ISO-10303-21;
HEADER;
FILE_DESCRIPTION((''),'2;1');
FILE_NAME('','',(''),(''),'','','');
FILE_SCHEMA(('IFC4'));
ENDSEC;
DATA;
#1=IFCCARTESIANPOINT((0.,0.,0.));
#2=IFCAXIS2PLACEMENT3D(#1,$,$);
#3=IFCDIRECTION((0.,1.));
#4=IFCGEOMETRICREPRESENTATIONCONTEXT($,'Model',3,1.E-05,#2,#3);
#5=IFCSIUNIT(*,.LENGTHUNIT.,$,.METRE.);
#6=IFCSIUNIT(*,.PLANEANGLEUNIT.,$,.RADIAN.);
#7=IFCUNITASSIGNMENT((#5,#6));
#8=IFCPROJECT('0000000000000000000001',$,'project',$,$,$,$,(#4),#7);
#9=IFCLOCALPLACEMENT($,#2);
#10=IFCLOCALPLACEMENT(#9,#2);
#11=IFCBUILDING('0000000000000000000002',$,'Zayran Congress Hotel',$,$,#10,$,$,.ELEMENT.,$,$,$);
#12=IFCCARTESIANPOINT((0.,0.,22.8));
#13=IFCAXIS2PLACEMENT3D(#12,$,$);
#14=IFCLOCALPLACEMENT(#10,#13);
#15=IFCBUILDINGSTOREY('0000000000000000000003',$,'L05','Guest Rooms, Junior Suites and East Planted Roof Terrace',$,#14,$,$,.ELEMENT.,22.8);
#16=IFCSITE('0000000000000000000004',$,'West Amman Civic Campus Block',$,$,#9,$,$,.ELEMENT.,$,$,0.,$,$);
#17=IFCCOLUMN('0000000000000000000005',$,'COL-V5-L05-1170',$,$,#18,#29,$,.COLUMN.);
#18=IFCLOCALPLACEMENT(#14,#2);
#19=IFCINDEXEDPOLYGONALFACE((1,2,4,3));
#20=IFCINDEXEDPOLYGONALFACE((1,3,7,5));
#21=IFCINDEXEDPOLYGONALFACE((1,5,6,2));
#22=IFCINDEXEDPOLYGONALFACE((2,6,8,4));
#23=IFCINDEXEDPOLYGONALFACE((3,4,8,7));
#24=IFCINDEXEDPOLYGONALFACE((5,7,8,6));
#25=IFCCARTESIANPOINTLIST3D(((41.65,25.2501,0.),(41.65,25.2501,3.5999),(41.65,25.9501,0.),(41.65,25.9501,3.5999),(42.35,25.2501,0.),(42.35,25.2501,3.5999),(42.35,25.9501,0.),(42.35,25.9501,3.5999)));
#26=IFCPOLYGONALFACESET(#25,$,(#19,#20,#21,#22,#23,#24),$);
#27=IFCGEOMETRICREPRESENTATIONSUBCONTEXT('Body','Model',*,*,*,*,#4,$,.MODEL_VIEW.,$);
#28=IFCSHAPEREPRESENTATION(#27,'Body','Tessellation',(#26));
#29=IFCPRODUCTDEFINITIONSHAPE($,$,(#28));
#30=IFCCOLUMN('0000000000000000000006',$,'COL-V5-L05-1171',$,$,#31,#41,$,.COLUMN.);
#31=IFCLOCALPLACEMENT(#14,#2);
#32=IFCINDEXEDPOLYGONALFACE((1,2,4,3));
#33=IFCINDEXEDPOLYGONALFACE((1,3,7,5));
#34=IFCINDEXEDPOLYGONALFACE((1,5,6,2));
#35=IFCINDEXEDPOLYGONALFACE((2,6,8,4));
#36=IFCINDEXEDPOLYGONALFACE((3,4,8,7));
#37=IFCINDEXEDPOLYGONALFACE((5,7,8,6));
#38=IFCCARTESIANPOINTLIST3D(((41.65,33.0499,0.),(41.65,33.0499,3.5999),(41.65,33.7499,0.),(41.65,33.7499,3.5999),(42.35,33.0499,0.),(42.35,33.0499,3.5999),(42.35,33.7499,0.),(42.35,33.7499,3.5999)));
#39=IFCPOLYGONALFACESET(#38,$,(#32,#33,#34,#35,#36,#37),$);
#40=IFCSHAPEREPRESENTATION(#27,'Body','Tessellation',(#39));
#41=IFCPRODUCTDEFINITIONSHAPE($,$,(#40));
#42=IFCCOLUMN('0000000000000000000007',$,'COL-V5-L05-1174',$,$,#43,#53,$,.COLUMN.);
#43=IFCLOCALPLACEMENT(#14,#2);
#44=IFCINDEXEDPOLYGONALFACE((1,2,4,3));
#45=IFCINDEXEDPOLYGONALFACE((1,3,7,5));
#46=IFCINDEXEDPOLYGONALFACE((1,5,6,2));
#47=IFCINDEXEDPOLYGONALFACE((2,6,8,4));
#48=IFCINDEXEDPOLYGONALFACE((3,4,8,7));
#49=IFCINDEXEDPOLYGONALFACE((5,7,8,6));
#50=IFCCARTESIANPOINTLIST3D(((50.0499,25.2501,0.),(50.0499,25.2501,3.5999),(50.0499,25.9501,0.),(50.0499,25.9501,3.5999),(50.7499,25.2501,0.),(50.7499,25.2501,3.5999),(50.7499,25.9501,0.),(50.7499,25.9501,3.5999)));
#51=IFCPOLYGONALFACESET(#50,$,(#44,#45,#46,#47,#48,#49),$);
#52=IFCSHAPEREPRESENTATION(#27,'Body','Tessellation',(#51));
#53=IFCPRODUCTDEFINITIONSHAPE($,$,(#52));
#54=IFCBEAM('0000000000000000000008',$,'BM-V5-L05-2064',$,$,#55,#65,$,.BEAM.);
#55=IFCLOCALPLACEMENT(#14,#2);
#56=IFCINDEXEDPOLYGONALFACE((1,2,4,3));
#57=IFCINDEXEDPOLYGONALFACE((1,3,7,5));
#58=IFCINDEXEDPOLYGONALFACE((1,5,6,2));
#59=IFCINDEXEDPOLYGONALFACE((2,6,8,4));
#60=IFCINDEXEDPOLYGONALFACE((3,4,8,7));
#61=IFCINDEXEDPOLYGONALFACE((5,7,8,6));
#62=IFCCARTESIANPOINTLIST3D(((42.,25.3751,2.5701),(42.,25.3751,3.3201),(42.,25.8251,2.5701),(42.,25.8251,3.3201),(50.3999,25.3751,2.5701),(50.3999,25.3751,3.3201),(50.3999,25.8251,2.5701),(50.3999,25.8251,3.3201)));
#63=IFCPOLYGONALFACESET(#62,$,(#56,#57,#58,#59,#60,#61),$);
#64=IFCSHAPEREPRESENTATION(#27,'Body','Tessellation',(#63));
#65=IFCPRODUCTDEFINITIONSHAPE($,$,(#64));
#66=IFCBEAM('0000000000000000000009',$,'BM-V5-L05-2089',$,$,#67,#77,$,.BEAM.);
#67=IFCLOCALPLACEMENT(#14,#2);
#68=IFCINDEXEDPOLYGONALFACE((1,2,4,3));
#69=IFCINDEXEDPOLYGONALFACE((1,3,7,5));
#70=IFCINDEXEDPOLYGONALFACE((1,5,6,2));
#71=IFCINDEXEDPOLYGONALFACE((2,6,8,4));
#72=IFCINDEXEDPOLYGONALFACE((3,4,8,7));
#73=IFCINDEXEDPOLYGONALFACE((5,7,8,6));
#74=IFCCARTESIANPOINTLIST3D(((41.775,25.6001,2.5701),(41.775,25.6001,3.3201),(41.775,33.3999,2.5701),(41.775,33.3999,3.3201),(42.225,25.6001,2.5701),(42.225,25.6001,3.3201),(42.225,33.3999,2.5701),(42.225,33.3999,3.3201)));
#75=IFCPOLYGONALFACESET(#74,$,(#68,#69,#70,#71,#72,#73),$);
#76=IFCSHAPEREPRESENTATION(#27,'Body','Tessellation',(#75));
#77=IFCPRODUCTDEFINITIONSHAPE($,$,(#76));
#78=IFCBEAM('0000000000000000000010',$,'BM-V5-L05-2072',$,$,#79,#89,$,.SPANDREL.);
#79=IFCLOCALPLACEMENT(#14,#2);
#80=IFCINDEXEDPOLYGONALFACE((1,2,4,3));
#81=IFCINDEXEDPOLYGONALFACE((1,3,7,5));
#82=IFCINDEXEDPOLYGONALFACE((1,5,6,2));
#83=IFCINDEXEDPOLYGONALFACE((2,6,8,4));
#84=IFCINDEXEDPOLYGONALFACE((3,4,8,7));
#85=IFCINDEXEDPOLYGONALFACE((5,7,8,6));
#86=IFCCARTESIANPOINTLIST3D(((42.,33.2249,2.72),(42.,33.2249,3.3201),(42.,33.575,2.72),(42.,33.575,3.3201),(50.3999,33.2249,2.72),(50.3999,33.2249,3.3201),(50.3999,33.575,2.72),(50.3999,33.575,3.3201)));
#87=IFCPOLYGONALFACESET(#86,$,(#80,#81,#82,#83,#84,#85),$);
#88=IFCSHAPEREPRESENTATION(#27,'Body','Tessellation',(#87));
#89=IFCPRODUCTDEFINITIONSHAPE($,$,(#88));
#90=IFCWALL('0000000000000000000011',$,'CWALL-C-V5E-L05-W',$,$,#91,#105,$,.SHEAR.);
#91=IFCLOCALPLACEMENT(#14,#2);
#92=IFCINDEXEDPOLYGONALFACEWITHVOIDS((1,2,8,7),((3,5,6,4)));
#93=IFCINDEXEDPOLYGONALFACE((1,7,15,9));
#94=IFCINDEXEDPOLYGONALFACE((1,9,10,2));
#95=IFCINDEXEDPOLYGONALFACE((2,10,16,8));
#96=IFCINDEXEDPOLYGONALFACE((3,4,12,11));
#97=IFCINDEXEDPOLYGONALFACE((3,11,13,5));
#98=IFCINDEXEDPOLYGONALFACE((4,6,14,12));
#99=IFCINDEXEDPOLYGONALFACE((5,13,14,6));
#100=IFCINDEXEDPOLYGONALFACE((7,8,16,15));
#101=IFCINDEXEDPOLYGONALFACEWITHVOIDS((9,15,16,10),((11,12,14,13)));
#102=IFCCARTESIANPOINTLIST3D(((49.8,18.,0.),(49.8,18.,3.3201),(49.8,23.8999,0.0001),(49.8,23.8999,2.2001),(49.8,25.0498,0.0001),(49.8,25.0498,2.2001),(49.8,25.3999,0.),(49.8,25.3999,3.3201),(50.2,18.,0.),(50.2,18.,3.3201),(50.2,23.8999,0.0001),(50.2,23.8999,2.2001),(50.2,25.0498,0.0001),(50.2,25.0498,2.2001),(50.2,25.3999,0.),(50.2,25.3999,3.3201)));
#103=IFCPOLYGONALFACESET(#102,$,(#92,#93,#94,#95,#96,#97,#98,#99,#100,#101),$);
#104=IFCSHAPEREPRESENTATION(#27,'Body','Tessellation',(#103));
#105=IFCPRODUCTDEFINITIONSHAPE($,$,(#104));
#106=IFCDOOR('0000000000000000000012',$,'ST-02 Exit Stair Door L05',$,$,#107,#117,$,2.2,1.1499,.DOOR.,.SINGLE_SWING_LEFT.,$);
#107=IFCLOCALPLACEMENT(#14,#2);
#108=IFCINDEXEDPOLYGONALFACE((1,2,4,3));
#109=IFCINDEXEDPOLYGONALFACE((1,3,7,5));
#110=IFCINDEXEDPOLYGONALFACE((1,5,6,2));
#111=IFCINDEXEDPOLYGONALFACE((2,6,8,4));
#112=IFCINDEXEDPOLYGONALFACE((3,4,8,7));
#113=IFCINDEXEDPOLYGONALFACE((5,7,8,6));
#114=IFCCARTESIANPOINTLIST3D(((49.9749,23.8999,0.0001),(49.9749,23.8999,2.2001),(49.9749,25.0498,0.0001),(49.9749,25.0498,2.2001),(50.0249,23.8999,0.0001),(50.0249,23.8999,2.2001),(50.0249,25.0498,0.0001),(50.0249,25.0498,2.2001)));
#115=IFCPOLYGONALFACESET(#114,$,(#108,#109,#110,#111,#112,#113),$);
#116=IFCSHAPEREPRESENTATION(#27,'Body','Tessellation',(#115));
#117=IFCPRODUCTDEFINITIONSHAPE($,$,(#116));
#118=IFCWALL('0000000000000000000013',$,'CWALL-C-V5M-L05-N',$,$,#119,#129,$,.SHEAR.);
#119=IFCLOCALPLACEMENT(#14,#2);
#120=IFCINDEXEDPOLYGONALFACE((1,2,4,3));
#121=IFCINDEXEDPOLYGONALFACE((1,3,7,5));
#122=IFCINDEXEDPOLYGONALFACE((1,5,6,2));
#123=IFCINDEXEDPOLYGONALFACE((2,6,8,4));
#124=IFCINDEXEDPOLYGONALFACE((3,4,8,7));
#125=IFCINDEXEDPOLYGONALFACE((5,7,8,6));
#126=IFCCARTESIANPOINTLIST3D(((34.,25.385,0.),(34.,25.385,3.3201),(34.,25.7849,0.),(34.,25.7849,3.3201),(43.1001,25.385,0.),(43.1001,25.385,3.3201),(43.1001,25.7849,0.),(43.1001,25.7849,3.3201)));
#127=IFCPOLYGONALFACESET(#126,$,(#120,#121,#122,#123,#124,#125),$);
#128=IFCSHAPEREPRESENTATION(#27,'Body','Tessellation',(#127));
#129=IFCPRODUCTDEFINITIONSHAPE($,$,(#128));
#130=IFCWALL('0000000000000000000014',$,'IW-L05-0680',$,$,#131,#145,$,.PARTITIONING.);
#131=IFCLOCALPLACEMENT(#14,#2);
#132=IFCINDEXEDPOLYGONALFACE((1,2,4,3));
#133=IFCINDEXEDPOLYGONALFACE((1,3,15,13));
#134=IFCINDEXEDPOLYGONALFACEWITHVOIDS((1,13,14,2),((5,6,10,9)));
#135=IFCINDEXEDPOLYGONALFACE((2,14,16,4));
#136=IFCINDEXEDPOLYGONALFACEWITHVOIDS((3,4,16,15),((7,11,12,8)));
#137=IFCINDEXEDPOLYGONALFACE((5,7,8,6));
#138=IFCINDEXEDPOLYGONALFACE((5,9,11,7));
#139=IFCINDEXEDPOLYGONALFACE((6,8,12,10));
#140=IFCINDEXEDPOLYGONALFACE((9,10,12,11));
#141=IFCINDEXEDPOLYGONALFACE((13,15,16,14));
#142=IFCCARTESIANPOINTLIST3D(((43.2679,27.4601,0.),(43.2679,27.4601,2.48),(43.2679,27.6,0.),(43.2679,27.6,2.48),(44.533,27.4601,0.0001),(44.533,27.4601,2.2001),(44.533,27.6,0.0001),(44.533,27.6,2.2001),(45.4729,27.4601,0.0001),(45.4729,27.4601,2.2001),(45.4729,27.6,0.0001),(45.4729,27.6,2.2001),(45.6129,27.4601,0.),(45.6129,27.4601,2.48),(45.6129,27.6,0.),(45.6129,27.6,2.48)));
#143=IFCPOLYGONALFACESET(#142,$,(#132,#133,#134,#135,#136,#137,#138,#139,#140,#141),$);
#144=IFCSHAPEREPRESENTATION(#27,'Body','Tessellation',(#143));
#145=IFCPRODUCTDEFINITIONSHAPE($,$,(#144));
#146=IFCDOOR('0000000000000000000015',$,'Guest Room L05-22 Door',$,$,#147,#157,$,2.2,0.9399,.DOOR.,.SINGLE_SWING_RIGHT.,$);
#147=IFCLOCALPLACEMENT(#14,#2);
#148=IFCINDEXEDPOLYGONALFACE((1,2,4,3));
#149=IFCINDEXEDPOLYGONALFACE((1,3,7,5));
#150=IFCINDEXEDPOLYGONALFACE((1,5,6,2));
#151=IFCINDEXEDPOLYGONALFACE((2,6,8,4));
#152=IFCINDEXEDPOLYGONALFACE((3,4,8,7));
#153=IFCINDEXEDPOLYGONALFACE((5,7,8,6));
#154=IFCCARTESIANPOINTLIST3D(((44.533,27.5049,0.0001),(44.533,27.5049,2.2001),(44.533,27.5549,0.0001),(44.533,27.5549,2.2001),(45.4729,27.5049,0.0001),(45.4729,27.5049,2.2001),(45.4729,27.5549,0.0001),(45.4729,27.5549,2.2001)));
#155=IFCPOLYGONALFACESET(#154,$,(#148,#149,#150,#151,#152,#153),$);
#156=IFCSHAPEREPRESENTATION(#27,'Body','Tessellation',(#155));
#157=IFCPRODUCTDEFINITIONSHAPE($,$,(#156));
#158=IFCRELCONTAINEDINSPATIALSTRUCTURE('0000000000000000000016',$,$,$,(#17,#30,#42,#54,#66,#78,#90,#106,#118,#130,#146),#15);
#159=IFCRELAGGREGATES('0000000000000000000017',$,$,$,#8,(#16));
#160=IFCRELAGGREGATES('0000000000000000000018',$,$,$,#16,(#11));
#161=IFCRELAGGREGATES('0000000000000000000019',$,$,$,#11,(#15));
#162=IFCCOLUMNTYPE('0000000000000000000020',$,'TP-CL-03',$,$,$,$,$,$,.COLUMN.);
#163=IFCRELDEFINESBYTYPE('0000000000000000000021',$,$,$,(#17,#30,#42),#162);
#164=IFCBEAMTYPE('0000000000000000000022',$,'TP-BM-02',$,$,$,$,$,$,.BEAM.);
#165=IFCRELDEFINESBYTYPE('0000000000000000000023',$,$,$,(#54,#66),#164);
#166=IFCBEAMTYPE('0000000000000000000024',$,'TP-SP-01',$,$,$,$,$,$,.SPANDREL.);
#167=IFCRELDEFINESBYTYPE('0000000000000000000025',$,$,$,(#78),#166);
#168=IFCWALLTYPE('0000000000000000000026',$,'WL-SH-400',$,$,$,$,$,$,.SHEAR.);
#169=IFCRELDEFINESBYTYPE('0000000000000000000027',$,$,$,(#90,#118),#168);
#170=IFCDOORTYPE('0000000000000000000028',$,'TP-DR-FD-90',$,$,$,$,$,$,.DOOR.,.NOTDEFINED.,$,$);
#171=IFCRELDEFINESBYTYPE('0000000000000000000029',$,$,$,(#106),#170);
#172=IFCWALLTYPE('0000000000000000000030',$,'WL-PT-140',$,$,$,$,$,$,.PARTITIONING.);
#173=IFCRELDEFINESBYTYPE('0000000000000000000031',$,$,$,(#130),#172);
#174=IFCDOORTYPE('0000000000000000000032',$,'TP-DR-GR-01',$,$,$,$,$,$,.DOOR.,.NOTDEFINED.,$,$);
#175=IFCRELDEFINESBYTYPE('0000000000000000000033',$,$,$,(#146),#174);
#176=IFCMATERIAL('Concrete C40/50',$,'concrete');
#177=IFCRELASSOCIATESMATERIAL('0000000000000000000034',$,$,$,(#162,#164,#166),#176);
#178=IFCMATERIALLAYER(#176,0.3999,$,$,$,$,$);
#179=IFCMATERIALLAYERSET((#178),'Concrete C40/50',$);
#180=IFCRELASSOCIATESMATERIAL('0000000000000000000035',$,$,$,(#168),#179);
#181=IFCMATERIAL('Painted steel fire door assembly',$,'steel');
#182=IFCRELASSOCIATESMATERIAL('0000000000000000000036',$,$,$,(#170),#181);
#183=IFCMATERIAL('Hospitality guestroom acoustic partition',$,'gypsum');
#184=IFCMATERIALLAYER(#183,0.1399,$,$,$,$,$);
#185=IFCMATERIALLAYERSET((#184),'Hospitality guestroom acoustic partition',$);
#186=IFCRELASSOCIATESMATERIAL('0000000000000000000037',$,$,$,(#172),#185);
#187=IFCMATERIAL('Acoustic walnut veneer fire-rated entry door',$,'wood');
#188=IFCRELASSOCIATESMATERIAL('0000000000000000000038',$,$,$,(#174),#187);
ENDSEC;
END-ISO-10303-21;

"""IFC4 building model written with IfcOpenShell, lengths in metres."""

from ifc_helpers import new_model, si_unit, direction, frame, frame_2d, origin, origin_2d, place, context, subcontext, project, spatial, rectangle, extrude, material, layer, layer_set, material_profile, profile_set, type_object, element, fill, save


model = new_model("IFC4")

# Units and contexts
model_context = context("Model", 3, precision=1e-05, world=origin(), true_north=direction((0.0, 1.0)))
body_context = subcontext(model_context, "Body", "Model", "MODEL_VIEW")
ifc_project = project(units=[si_unit("LENGTHUNIT", "METRE"), si_unit("PLANEANGLEUNIT", "RADIAN")], contexts=[model_context])

# Site, building, storey
site_placement = place(None, origin())
site = spatial("IfcSite", under=ifc_project, at=site_placement, Name="West Amman Civic Campus Block", CompositionType="ELEMENT", RefElevation=0.0)
building_placement = place(site_placement, origin())
building = spatial("IfcBuilding", under=site, at=building_placement, Name="Zayran Congress Hotel", CompositionType="ELEMENT")
storey_placement = place(building_placement, frame((0.0, 0.0, 22.8)))
storey = spatial("IfcBuildingStorey", under=building, at=storey_placement, Name="L05", Description="Guest Rooms, Junior Suites and East Planted Roof Terrace", CompositionType="ELEMENT", Elevation=22.8)

# Columns
ifc_material_1 = material(Name="Concrete C40/50", Category="concrete")
ifc_material_profile_1 = material_profile(ifc_material_1, rectangle(XDim=0.7, YDim=0.7, at=origin_2d()), Name="RC 700x700")
ifc_profile_set_1 = profile_set([ifc_material_profile_1], Name="Concrete C40/50")
column_type = type_object("IfcColumnType", Name="TP-CL-03", PredefinedType="COLUMN", material=ifc_profile_set_1)
for number, where, z_axis, x_axis, name in (
    (1, (42.0, 25.6001, 0.0), (0.0, 0.0, 1.0), (1.0, 0.0, 0.0), "COL-V5-L05-1170"),
    (2, (42.0, 33.3999, 0.0), (0.0, 0.0, 1.0), (1.0, 0.0, 0.0), "COL-V5-L05-1171"),
    (3, (50.3999, 25.6001, 0.0), (0.0, 0.0, 1.0), (1.0, 0.0, 0.0), "COL-V5-L05-1174"),
):
    element("IfcColumn", number, at=place(storey_placement, frame(where, z_axis=z_axis, x_axis=x_axis)), inside=storey, type_object=column_type, Name=name, PredefinedType="COLUMN", context=body_context, shape_type="SweptSolid", body=[
        extrude(rectangle(XDim=0.7, YDim=0.7, at=origin_2d()), origin(), (0.0, 0.0, 1.0), 3.5999),
    ])

# Beams
ifc_material_profile_2 = material_profile(ifc_material_1, rectangle(XDim=0.45, YDim=0.75, at=origin_2d()), Name="RC 450x750")
ifc_profile_set_2 = profile_set([ifc_material_profile_2], Name="Concrete C40/50")
beam_type_1 = type_object("IfcBeamType", Name="TP-BM-02", PredefinedType="BEAM", material=ifc_profile_set_2)
beam_1_placement = place(storey_placement, frame((42.0, 25.6001, 2.9451), z_axis=(1.0, 0.0, 0.0), x_axis=(0.0, 1.0, 0.0)))
element("IfcBeam", 4, at=beam_1_placement, inside=storey, type_object=beam_type_1, Name="BM-V5-L05-2064", PredefinedType="BEAM", context=body_context, shape_type="SweptSolid", body=[
    extrude(rectangle(XDim=0.45, YDim=0.75, at=origin_2d()), origin(), (0.0, 0.0, 1.0), 8.3999),
])
beam_2_placement = place(storey_placement, frame((42.0, 25.6001, 2.9451), z_axis=(0.0, 1.0, 0.0), x_axis=(-1.0, 0.0, 0.0)))
element("IfcBeam", 5, at=beam_2_placement, inside=storey, type_object=beam_type_1, Name="BM-V5-L05-2089", PredefinedType="BEAM", context=body_context, shape_type="SweptSolid", body=[
    extrude(rectangle(XDim=0.45, YDim=0.75, at=origin_2d()), origin(), (0.0, 0.0, 1.0), 7.7998),
])
ifc_material_profile_3 = material_profile(ifc_material_1, rectangle(XDim=0.3501, YDim=0.6001, at=origin_2d()), Name="RC 350x600")
ifc_profile_set_3 = profile_set([ifc_material_profile_3], Name="Concrete C40/50")
beam_type_2 = type_object("IfcBeamType", Name="TP-SP-01", PredefinedType="SPANDREL", material=ifc_profile_set_3)
beam_3_placement = place(storey_placement, frame((42.0, 33.3999, 3.02), z_axis=(1.0, 0.0, 0.0), x_axis=(0.0, 1.0, 0.0)))
element("IfcBeam", 6, at=beam_3_placement, inside=storey, type_object=beam_type_2, Name="BM-V5-L05-2072", PredefinedType="SPANDREL", context=body_context, shape_type="SweptSolid", body=[
    extrude(rectangle(XDim=0.3501, YDim=0.6001, at=origin_2d()), origin(), (0.0, 0.0, 1.0), 8.3999),
])

# Wall, opening, door
ifc_layer_1 = layer(ifc_material_1, 0.3999)
ifc_layer_set_1 = layer_set([ifc_layer_1], Name="Concrete C40/50")
wall_type_1 = type_object("IfcWallType", Name="WL-SH-400", PredefinedType="SHEAR", material=ifc_layer_set_1)
wall_1_placement = place(storey_placement, frame((50.0, 25.3999, 0.0), z_axis=(0.0, 0.0, 1.0), x_axis=(0.0, -1.0, 0.0)))
wall_1 = element("IfcWall", 7, at=wall_1_placement, inside=storey, type_object=wall_type_1, Name="CWALL-C-V5E-L05-W", PredefinedType="SHEAR", context=body_context, shape_type="SweptSolid", body=[
    extrude(rectangle(XDim=7.3999, YDim=0.3999, at=frame_2d((3.7, 0.0))), origin(), (0.0, 0.0, 1.0), 3.3201),
])
opening_1_placement = place(wall_1_placement, frame((0.3501, 0.0, 0.0)))
opening_1 = element("IfcOpeningElement", 8, at=opening_1_placement, cuts=wall_1, PredefinedType="OPENING", context=body_context, shape_type="SweptSolid", body=[
    extrude(rectangle(XDim=1.1499, YDim=2.2, at=frame_2d((0.575, 1.1001))), frame((0.0, 0.21, 0.0), z_axis=(0.0, -1.0, 0.0), x_axis=(1.0, 0.0, 0.0)), (0.0, 0.0, 1.0), 0.4199),
])
ifc_material_2 = material(Name="Painted steel fire door assembly", Category="steel")
door_type_1 = type_object("IfcDoorType", Name="TP-DR-FD-90", OperationType="NOTDEFINED", PredefinedType="DOOR", material=ifc_material_2)
door_1_placement = place(opening_1_placement, origin())
door_1 = element("IfcDoor", 9, at=door_1_placement, inside=storey, type_object=door_type_1, Name="ST-02 Exit Stair Door L05", OperationType="SINGLE_SWING_LEFT", OverallHeight=2.2, OverallWidth=1.1499, PredefinedType="DOOR", context=body_context, shape_type="SweptSolid", body=[
    extrude(rectangle(XDim=1.1499, YDim=2.2, at=frame_2d((0.575, 1.1001))), frame((0.0, 0.0249, 0.0), z_axis=(0.0, -1.0, 0.0), x_axis=(1.0, 0.0, 0.0)), (0.0, 0.0, 1.0), 0.05),
])
fill(opening_1, door_1)

# Wall
wall_2_placement = place(storey_placement, frame((43.1001, 25.585, 0.0), z_axis=(0.0, 0.0, 1.0), x_axis=(-1.0, 0.0, 0.0)))
element("IfcWall", 10, at=wall_2_placement, inside=storey, type_object=wall_type_1, Name="CWALL-C-V5M-L05-N", PredefinedType="SHEAR", context=body_context, shape_type="SweptSolid", body=[
    extrude(rectangle(XDim=9.1001, YDim=0.3999, at=frame_2d((4.55, 0.0))), origin(), (0.0, 0.0, 1.0), 3.3201),
])

# Wall, opening, door
ifc_material_3 = material(Name="Hospitality guestroom acoustic partition", Category="gypsum")
ifc_layer_2 = layer(ifc_material_3, 0.1399)
ifc_layer_set_2 = layer_set([ifc_layer_2], Name="Hospitality guestroom acoustic partition")
wall_type_2 = type_object("IfcWallType", Name="WL-PT-140", PredefinedType="PARTITIONING", material=ifc_layer_set_2)
wall_3_placement = place(storey_placement, frame((43.2681, 27.53, 0.0), z_axis=(0.0, 0.0, 1.0), x_axis=(1.0, 0.0, 0.0)))
wall_3 = element("IfcWall", 11, at=wall_3_placement, inside=storey, type_object=wall_type_2, Name="IW-L05-0680", PredefinedType="PARTITIONING", context=body_context, shape_type="SweptSolid", body=[
    extrude(rectangle(XDim=2.345, YDim=0.1399, at=frame_2d((1.1724, 0.0))), origin(), (0.0, 0.0, 1.0), 2.48),
])
opening_2_placement = place(wall_3_placement, frame((1.2649, 0.0, 0.0)))
opening_2 = element("IfcOpeningElement", 12, at=opening_2_placement, cuts=wall_3, PredefinedType="OPENING", context=body_context, shape_type="SweptSolid", body=[
    extrude(rectangle(XDim=0.9399, YDim=2.2, at=frame_2d((0.47, 1.1001))), frame((0.0, 0.0798, 0.0), z_axis=(0.0, -1.0, 0.0), x_axis=(1.0, 0.0, 0.0)), (0.0, 0.0, 1.0), 0.1599),
])
ifc_material_4 = material(Name="Acoustic walnut veneer fire-rated entry door", Category="wood")
door_type_2 = type_object("IfcDoorType", Name="TP-DR-GR-01", OperationType="NOTDEFINED", PredefinedType="DOOR", material=ifc_material_4)
door_2_placement = place(opening_2_placement, origin())
door_2 = element("IfcDoor", 13, at=door_2_placement, inside=storey, type_object=door_type_2, Name="Guest Room L05-22 Door", OperationType="SINGLE_SWING_RIGHT", OverallHeight=2.2, OverallWidth=0.9399, PredefinedType="DOOR", context=body_context, shape_type="SweptSolid", body=[
    extrude(rectangle(XDim=0.9399, YDim=2.2, at=frame_2d((0.47, 1.1001))), frame((0.0, 0.0249, 0.0), z_axis=(0.0, -1.0, 0.0), x_axis=(1.0, 0.0, 0.0)), (0.0, 0.0, 1.0), 0.05),
])
fill(opening_2, door_2)

save(model, "model.ifc")
